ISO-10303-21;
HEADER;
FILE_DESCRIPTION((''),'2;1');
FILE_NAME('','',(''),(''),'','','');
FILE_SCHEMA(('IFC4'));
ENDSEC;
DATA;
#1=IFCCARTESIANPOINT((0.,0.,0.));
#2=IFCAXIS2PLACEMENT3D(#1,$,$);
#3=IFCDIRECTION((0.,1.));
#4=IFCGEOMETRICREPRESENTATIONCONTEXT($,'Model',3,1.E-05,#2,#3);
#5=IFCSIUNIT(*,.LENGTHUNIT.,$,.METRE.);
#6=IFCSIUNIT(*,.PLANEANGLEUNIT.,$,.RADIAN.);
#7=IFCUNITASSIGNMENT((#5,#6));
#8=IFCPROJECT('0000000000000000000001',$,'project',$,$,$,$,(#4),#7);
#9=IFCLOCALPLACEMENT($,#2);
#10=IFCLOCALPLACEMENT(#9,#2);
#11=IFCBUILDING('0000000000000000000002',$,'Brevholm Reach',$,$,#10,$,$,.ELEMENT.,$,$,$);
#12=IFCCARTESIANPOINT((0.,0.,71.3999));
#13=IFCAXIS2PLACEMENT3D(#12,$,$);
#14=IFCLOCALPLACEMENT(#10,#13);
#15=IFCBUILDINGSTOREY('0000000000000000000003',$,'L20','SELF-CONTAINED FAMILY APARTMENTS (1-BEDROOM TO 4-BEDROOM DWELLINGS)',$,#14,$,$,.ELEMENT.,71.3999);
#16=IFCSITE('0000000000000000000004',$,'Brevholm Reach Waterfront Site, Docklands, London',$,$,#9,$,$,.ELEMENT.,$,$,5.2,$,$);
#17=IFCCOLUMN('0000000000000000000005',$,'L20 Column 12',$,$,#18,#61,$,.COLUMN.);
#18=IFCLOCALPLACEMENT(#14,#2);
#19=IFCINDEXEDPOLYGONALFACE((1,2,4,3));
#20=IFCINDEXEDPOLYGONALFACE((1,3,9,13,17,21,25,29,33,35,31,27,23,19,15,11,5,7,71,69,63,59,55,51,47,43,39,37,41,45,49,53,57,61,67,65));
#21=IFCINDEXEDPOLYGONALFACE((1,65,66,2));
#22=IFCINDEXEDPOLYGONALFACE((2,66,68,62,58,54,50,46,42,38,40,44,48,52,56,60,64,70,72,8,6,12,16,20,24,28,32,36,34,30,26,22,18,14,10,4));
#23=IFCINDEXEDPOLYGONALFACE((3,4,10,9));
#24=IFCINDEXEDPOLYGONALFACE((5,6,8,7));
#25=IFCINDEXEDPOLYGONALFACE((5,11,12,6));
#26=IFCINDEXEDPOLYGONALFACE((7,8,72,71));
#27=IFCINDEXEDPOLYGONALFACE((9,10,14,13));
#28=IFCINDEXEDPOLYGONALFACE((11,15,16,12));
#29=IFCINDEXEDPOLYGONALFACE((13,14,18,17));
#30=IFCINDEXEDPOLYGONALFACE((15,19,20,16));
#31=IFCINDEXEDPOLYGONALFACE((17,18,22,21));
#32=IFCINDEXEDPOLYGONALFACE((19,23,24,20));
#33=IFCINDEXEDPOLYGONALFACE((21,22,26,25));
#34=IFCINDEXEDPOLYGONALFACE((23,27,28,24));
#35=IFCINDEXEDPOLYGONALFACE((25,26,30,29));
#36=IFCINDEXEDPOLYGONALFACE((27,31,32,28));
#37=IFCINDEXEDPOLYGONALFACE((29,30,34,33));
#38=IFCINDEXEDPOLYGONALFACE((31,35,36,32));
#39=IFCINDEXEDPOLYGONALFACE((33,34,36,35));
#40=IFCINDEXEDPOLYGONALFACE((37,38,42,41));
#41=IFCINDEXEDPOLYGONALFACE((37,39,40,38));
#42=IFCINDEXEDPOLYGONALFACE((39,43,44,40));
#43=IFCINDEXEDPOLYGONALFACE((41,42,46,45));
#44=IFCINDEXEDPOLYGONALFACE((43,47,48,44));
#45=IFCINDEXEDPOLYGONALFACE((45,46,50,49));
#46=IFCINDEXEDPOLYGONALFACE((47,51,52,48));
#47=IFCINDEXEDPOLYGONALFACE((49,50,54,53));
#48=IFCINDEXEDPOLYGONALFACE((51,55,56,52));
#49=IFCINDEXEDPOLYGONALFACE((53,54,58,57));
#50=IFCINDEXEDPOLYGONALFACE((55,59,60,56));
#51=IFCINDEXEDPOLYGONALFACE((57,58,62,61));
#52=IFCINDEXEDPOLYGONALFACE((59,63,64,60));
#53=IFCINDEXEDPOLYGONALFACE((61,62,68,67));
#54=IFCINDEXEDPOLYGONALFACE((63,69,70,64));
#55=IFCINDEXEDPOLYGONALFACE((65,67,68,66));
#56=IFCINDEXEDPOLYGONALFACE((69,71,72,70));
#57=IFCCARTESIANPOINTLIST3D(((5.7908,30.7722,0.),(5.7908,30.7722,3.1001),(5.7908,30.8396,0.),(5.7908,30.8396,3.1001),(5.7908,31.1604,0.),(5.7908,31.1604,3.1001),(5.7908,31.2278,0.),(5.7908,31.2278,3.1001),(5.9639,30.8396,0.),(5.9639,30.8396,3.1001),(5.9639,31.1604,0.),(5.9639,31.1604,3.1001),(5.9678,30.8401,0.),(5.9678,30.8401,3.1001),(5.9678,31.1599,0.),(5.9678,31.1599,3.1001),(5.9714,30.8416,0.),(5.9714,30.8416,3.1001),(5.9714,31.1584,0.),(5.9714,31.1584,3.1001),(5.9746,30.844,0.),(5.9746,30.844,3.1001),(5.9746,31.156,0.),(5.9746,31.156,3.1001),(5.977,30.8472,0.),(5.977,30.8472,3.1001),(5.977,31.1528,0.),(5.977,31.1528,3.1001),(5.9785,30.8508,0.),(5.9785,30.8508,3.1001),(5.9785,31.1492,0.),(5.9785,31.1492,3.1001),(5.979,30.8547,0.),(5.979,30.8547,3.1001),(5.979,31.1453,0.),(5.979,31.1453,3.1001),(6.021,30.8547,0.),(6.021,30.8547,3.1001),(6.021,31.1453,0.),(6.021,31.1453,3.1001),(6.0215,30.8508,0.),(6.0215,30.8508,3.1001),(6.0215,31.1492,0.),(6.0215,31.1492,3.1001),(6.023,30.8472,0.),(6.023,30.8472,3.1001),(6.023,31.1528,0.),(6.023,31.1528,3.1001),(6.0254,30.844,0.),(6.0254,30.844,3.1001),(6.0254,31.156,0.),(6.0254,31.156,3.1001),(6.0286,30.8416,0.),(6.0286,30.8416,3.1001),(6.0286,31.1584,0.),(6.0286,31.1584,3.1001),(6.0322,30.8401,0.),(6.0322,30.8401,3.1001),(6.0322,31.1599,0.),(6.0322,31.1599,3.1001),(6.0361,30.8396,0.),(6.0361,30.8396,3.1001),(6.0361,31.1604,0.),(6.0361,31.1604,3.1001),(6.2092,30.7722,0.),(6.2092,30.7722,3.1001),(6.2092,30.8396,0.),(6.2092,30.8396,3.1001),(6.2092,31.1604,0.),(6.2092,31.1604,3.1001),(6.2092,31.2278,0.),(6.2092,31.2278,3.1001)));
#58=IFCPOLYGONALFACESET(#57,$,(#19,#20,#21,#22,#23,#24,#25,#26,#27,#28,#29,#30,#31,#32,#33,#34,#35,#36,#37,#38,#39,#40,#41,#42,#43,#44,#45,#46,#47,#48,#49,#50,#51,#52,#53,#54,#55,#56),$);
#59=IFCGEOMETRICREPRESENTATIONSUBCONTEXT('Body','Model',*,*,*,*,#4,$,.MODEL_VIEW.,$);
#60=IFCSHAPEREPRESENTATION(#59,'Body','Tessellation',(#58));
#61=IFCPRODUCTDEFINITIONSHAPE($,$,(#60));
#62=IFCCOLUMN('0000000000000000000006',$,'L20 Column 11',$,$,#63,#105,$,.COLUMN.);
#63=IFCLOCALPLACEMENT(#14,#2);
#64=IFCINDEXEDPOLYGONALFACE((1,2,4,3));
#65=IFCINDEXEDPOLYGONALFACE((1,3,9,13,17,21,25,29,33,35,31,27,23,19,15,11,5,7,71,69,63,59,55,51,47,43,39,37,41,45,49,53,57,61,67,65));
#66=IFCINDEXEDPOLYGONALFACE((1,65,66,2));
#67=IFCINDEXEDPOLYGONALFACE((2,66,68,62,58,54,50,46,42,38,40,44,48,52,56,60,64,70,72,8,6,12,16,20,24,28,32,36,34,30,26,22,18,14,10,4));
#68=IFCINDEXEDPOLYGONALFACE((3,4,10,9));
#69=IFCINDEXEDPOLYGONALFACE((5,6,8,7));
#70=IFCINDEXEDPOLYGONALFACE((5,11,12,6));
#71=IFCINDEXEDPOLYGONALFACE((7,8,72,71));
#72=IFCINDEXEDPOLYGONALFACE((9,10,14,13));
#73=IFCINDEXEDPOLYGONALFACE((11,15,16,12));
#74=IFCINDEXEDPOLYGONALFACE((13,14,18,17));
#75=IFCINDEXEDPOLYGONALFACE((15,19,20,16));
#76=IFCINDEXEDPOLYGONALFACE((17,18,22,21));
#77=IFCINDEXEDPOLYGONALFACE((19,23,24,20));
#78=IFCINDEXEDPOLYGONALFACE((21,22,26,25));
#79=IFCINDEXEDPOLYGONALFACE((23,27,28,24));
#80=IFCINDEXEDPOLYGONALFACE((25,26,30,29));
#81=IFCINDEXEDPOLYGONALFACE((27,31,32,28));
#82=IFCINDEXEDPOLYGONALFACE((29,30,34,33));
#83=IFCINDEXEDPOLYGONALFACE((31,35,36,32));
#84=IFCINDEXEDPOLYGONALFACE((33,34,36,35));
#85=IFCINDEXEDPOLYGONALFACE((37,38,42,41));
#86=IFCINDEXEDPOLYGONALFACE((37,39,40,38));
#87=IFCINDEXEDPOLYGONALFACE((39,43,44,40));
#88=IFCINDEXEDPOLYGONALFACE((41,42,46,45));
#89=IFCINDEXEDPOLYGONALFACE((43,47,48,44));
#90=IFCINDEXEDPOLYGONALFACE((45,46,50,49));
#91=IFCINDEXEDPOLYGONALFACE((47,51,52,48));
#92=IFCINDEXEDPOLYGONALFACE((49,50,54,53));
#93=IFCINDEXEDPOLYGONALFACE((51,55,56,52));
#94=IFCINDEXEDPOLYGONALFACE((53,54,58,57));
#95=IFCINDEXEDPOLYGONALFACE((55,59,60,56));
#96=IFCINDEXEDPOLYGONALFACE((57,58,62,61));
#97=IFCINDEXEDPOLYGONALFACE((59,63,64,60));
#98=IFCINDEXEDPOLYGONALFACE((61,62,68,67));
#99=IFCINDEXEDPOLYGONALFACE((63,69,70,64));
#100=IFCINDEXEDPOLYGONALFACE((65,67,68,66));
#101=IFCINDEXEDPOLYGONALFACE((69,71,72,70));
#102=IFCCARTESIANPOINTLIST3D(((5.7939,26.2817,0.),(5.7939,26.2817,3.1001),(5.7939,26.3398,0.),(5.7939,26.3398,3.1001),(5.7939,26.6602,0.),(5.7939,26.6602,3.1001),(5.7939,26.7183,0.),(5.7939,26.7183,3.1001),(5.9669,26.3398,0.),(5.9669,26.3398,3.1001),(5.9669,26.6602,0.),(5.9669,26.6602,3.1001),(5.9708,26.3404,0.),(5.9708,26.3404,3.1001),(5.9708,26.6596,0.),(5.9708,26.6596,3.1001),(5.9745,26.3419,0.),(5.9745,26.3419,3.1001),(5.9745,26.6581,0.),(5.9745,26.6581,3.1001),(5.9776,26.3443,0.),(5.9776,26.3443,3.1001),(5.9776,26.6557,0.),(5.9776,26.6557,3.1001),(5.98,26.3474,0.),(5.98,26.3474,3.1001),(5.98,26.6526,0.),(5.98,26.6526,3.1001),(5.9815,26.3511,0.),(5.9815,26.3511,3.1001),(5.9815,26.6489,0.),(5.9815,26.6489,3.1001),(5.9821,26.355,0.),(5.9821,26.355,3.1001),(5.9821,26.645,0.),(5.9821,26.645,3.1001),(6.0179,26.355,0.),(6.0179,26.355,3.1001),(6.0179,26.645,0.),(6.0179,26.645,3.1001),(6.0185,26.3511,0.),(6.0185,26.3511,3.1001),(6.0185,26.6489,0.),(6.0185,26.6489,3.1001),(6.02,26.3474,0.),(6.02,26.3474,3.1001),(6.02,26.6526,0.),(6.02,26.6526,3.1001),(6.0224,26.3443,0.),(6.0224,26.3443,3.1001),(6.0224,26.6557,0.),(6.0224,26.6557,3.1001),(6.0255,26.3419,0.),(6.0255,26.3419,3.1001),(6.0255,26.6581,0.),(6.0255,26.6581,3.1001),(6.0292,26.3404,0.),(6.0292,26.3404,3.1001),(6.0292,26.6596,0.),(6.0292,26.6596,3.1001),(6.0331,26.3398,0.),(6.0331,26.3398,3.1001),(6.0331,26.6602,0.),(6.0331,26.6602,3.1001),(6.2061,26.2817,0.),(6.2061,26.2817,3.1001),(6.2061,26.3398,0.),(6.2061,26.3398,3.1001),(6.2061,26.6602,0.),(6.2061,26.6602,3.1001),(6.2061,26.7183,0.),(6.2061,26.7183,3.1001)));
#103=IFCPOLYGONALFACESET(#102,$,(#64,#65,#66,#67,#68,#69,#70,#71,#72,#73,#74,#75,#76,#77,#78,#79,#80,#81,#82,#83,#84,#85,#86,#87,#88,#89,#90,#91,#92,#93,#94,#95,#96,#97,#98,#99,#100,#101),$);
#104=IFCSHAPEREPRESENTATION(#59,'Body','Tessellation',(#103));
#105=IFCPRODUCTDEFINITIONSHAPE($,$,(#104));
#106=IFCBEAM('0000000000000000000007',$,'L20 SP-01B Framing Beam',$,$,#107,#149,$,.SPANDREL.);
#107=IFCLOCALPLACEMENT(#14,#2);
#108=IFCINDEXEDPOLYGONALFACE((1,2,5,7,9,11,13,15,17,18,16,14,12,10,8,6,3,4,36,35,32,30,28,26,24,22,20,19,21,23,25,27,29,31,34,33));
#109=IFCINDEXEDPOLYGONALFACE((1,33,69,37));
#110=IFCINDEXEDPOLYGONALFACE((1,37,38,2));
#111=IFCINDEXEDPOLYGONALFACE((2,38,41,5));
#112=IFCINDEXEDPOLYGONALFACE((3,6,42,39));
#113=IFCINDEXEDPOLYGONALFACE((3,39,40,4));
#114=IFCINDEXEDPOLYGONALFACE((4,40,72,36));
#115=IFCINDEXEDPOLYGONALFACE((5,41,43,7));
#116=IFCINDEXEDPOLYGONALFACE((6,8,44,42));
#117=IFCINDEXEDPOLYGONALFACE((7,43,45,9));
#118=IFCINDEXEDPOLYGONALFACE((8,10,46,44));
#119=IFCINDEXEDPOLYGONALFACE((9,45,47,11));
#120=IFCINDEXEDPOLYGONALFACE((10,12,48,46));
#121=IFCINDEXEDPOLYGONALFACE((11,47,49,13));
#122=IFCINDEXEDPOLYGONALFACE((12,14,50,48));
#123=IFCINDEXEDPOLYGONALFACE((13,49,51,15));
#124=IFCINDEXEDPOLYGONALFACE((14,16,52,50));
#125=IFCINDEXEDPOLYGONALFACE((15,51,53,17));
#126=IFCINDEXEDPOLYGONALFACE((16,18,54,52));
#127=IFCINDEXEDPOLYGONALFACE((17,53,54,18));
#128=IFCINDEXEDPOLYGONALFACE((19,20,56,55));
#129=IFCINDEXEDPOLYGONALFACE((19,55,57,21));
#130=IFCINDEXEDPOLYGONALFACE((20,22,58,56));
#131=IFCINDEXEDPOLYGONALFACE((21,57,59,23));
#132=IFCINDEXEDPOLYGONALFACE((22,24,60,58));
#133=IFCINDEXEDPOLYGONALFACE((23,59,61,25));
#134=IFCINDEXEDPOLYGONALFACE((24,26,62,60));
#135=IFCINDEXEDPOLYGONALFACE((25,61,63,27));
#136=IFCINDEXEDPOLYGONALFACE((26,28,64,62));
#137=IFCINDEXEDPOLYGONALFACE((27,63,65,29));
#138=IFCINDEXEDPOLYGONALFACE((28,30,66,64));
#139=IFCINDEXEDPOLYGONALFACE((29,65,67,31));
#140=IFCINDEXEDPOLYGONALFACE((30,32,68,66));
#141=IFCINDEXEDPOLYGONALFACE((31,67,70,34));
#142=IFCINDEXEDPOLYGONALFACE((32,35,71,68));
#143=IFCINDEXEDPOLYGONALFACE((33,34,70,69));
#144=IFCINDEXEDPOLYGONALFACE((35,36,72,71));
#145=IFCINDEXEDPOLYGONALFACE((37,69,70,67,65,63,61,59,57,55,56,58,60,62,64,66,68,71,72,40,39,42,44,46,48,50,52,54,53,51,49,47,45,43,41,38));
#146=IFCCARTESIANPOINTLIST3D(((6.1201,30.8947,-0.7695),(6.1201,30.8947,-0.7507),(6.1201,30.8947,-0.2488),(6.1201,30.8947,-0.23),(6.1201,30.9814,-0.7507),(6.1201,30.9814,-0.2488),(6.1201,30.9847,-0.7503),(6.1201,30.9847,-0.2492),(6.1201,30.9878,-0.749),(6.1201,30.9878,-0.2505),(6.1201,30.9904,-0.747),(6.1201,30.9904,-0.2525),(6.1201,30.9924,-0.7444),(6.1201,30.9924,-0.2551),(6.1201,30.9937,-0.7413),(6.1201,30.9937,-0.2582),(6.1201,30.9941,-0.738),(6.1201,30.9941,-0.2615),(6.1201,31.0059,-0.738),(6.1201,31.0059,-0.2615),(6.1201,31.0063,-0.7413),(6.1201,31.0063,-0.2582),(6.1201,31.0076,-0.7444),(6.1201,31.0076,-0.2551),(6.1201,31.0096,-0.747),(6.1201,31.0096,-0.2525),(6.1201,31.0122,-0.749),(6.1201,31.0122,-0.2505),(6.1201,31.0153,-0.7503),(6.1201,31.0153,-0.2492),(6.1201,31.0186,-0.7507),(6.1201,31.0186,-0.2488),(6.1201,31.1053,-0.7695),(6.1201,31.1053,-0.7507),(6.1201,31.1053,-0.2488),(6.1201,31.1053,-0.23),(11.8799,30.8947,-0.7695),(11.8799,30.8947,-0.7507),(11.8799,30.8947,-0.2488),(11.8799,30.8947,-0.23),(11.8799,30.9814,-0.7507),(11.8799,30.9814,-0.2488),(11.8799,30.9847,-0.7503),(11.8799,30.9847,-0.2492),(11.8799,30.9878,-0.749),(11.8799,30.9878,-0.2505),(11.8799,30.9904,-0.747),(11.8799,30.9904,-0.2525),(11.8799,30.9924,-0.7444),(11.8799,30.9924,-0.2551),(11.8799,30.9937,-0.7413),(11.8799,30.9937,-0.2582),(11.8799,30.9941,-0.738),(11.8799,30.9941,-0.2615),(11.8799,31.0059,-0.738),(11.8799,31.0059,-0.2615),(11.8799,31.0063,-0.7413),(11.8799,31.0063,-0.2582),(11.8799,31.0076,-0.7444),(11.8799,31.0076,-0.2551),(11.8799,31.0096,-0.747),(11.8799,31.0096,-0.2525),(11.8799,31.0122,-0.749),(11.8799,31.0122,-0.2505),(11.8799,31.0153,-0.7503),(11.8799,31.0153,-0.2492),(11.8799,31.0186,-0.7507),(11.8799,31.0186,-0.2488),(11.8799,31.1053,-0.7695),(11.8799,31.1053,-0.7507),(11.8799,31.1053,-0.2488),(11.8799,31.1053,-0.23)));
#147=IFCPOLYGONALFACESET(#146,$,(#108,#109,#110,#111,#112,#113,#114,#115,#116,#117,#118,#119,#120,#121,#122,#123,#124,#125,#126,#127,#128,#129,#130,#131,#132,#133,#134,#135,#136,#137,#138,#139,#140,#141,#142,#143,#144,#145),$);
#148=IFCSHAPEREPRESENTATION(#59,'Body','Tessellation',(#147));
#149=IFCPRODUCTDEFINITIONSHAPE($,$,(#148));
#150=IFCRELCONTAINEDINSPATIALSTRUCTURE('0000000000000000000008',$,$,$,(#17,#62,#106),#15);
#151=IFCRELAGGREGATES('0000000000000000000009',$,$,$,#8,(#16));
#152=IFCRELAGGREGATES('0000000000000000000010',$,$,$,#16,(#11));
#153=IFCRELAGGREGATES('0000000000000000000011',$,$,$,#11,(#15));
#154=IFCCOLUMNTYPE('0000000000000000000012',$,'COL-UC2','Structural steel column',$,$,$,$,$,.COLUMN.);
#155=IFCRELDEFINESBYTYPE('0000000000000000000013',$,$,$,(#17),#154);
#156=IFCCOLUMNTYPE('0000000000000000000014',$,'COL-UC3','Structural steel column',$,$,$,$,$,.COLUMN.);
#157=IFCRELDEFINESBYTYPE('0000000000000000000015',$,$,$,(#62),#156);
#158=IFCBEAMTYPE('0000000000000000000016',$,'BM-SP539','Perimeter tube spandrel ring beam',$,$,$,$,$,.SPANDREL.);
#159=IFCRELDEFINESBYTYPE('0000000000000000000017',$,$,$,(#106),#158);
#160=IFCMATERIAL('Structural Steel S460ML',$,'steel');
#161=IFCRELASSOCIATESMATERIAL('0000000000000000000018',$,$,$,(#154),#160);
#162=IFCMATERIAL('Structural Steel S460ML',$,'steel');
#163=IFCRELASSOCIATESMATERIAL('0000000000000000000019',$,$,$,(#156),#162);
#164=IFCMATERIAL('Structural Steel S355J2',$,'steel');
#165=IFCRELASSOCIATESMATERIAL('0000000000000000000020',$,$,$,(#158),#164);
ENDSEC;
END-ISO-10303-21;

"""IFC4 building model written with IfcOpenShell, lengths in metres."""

from ifc_helpers import new_model, si_unit, direction, frame, origin, origin_2d, place, context, subcontext, project, spatial, i_section, extrude, material, material_profile, profile_set, type_object, element, save


model = new_model("IFC4")

# Units and contexts
model_context = context("Model", 3, precision=1e-05, world=origin(), true_north=direction((0.0, 1.0)))
body_context = subcontext(model_context, "Body", "Model", "MODEL_VIEW")
ifc_project = project(units=[si_unit("LENGTHUNIT", "METRE"), si_unit("PLANEANGLEUNIT", "RADIAN")], contexts=[model_context])

# Site, building, storey
site_placement = place(None, origin())
site = spatial("IfcSite", under=ifc_project, at=site_placement, Name="Brevholm Reach Waterfront Site, Docklands, London", CompositionType="ELEMENT", RefElevation=5.2)
building_placement = place(site_placement, origin())
building = spatial("IfcBuilding", under=site, at=building_placement, Name="Brevholm Reach", CompositionType="ELEMENT")
storey_placement = place(building_placement, frame((0.0, 0.0, 71.3999)))
storey = spatial("IfcBuildingStorey", under=building, at=storey_placement, Name="L20", Description="SELF-CONTAINED FAMILY APARTMENTS (1-BEDROOM TO 4-BEDROOM DWELLINGS)", CompositionType="ELEMENT", Elevation=71.3999)

# Columns
ifc_material_1 = material(Name="Structural Steel S460ML", Category="steel")
ifc_material_profile_1 = material_profile(ifc_material_1, i_section(OverallWidth=0.4185, OverallDepth=0.4556, WebThickness=0.042, FlangeThickness=0.0674, FilletRadius=0.0151, at=origin_2d()), Name="UKC 356x406x551")
ifc_profile_set_1 = profile_set([ifc_material_profile_1], Name="Structural Steel S460ML")
column_type_1 = type_object("IfcColumnType", Name="COL-UC2", Description="Structural steel column", PredefinedType="COLUMN", material=ifc_profile_set_1)
column_1_placement = place(storey_placement, frame((6.0, 31.0, 0.0), z_axis=(0.0, 0.0, 1.0), x_axis=(1.0, 0.0, 0.0)))
element("IfcColumn", 1, at=column_1_placement, inside=storey, type_object=column_type_1, Name="L20 Column 12", PredefinedType="COLUMN", context=body_context, shape_type="SweptSolid", body=[
    extrude(i_section(OverallWidth=0.4185, OverallDepth=0.4556, WebThickness=0.042, FlangeThickness=0.0674, FilletRadius=0.0151, at=origin_2d()), origin(), (0.0, 0.0, 1.0), 3.1001),
])
ifc_material_2 = material(Name="Structural Steel S460ML", Category="steel")
ifc_material_profile_2 = material_profile(ifc_material_2, i_section(OverallWidth=0.4121, OverallDepth=0.4365, WebThickness=0.0359, FlangeThickness=0.0581, FilletRadius=0.0151, at=origin_2d()), Name="UKC 356x406x467")
ifc_profile_set_2 = profile_set([ifc_material_profile_2], Name="Structural Steel S460ML")
column_type_2 = type_object("IfcColumnType", Name="COL-UC3", Description="Structural steel column", PredefinedType="COLUMN", material=ifc_profile_set_2)
column_2_placement = place(storey_placement, frame((6.0, 26.5, 0.0), z_axis=(0.0, 0.0, 1.0), x_axis=(1.0, 0.0, 0.0)))
element("IfcColumn", 2, at=column_2_placement, inside=storey, type_object=column_type_2, Name="L20 Column 11", PredefinedType="COLUMN", context=body_context, shape_type="SweptSolid", body=[
    extrude(i_section(OverallWidth=0.4121, OverallDepth=0.4365, WebThickness=0.0359, FlangeThickness=0.0581, FilletRadius=0.0151, at=origin_2d()), origin(), (0.0, 0.0, 1.0), 3.1001),
])

# Beam
ifc_material_3 = material(Name="Structural Steel S355J2", Category="steel")
ifc_material_profile_3 = material_profile(ifc_material_3, i_section(OverallWidth=0.2107, OverallDepth=0.5396, WebThickness=0.0117, FlangeThickness=0.0188, FilletRadius=0.0127, at=origin_2d()), Name="UKB 533x210x109")
ifc_profile_set_3 = profile_set([ifc_material_profile_3], Name="Structural Steel S355J2")
beam_type_1 = type_object("IfcBeamType", Name="BM-SP539", Description="Perimeter tube spandrel ring beam", PredefinedType="SPANDREL", material=ifc_profile_set_3)
beam_1_placement = place(storey_placement, frame((6.1201, 31.0, -0.4998), z_axis=(1.0, 0.0, 0.0), x_axis=(0.0, 1.0, 0.0)))
element("IfcBeam", 3, at=beam_1_placement, inside=storey, type_object=beam_type_1, Name="L20 SP-01B Framing Beam", PredefinedType="SPANDREL", context=body_context, shape_type="SweptSolid", body=[
    extrude(i_section(OverallWidth=0.2107, OverallDepth=0.5396, WebThickness=0.0117, FlangeThickness=0.0188, FilletRadius=0.0127, at=origin_2d()), origin(), (0.0, 0.0, 1.0), 5.7598),
])

save(model, "model.ifc")
